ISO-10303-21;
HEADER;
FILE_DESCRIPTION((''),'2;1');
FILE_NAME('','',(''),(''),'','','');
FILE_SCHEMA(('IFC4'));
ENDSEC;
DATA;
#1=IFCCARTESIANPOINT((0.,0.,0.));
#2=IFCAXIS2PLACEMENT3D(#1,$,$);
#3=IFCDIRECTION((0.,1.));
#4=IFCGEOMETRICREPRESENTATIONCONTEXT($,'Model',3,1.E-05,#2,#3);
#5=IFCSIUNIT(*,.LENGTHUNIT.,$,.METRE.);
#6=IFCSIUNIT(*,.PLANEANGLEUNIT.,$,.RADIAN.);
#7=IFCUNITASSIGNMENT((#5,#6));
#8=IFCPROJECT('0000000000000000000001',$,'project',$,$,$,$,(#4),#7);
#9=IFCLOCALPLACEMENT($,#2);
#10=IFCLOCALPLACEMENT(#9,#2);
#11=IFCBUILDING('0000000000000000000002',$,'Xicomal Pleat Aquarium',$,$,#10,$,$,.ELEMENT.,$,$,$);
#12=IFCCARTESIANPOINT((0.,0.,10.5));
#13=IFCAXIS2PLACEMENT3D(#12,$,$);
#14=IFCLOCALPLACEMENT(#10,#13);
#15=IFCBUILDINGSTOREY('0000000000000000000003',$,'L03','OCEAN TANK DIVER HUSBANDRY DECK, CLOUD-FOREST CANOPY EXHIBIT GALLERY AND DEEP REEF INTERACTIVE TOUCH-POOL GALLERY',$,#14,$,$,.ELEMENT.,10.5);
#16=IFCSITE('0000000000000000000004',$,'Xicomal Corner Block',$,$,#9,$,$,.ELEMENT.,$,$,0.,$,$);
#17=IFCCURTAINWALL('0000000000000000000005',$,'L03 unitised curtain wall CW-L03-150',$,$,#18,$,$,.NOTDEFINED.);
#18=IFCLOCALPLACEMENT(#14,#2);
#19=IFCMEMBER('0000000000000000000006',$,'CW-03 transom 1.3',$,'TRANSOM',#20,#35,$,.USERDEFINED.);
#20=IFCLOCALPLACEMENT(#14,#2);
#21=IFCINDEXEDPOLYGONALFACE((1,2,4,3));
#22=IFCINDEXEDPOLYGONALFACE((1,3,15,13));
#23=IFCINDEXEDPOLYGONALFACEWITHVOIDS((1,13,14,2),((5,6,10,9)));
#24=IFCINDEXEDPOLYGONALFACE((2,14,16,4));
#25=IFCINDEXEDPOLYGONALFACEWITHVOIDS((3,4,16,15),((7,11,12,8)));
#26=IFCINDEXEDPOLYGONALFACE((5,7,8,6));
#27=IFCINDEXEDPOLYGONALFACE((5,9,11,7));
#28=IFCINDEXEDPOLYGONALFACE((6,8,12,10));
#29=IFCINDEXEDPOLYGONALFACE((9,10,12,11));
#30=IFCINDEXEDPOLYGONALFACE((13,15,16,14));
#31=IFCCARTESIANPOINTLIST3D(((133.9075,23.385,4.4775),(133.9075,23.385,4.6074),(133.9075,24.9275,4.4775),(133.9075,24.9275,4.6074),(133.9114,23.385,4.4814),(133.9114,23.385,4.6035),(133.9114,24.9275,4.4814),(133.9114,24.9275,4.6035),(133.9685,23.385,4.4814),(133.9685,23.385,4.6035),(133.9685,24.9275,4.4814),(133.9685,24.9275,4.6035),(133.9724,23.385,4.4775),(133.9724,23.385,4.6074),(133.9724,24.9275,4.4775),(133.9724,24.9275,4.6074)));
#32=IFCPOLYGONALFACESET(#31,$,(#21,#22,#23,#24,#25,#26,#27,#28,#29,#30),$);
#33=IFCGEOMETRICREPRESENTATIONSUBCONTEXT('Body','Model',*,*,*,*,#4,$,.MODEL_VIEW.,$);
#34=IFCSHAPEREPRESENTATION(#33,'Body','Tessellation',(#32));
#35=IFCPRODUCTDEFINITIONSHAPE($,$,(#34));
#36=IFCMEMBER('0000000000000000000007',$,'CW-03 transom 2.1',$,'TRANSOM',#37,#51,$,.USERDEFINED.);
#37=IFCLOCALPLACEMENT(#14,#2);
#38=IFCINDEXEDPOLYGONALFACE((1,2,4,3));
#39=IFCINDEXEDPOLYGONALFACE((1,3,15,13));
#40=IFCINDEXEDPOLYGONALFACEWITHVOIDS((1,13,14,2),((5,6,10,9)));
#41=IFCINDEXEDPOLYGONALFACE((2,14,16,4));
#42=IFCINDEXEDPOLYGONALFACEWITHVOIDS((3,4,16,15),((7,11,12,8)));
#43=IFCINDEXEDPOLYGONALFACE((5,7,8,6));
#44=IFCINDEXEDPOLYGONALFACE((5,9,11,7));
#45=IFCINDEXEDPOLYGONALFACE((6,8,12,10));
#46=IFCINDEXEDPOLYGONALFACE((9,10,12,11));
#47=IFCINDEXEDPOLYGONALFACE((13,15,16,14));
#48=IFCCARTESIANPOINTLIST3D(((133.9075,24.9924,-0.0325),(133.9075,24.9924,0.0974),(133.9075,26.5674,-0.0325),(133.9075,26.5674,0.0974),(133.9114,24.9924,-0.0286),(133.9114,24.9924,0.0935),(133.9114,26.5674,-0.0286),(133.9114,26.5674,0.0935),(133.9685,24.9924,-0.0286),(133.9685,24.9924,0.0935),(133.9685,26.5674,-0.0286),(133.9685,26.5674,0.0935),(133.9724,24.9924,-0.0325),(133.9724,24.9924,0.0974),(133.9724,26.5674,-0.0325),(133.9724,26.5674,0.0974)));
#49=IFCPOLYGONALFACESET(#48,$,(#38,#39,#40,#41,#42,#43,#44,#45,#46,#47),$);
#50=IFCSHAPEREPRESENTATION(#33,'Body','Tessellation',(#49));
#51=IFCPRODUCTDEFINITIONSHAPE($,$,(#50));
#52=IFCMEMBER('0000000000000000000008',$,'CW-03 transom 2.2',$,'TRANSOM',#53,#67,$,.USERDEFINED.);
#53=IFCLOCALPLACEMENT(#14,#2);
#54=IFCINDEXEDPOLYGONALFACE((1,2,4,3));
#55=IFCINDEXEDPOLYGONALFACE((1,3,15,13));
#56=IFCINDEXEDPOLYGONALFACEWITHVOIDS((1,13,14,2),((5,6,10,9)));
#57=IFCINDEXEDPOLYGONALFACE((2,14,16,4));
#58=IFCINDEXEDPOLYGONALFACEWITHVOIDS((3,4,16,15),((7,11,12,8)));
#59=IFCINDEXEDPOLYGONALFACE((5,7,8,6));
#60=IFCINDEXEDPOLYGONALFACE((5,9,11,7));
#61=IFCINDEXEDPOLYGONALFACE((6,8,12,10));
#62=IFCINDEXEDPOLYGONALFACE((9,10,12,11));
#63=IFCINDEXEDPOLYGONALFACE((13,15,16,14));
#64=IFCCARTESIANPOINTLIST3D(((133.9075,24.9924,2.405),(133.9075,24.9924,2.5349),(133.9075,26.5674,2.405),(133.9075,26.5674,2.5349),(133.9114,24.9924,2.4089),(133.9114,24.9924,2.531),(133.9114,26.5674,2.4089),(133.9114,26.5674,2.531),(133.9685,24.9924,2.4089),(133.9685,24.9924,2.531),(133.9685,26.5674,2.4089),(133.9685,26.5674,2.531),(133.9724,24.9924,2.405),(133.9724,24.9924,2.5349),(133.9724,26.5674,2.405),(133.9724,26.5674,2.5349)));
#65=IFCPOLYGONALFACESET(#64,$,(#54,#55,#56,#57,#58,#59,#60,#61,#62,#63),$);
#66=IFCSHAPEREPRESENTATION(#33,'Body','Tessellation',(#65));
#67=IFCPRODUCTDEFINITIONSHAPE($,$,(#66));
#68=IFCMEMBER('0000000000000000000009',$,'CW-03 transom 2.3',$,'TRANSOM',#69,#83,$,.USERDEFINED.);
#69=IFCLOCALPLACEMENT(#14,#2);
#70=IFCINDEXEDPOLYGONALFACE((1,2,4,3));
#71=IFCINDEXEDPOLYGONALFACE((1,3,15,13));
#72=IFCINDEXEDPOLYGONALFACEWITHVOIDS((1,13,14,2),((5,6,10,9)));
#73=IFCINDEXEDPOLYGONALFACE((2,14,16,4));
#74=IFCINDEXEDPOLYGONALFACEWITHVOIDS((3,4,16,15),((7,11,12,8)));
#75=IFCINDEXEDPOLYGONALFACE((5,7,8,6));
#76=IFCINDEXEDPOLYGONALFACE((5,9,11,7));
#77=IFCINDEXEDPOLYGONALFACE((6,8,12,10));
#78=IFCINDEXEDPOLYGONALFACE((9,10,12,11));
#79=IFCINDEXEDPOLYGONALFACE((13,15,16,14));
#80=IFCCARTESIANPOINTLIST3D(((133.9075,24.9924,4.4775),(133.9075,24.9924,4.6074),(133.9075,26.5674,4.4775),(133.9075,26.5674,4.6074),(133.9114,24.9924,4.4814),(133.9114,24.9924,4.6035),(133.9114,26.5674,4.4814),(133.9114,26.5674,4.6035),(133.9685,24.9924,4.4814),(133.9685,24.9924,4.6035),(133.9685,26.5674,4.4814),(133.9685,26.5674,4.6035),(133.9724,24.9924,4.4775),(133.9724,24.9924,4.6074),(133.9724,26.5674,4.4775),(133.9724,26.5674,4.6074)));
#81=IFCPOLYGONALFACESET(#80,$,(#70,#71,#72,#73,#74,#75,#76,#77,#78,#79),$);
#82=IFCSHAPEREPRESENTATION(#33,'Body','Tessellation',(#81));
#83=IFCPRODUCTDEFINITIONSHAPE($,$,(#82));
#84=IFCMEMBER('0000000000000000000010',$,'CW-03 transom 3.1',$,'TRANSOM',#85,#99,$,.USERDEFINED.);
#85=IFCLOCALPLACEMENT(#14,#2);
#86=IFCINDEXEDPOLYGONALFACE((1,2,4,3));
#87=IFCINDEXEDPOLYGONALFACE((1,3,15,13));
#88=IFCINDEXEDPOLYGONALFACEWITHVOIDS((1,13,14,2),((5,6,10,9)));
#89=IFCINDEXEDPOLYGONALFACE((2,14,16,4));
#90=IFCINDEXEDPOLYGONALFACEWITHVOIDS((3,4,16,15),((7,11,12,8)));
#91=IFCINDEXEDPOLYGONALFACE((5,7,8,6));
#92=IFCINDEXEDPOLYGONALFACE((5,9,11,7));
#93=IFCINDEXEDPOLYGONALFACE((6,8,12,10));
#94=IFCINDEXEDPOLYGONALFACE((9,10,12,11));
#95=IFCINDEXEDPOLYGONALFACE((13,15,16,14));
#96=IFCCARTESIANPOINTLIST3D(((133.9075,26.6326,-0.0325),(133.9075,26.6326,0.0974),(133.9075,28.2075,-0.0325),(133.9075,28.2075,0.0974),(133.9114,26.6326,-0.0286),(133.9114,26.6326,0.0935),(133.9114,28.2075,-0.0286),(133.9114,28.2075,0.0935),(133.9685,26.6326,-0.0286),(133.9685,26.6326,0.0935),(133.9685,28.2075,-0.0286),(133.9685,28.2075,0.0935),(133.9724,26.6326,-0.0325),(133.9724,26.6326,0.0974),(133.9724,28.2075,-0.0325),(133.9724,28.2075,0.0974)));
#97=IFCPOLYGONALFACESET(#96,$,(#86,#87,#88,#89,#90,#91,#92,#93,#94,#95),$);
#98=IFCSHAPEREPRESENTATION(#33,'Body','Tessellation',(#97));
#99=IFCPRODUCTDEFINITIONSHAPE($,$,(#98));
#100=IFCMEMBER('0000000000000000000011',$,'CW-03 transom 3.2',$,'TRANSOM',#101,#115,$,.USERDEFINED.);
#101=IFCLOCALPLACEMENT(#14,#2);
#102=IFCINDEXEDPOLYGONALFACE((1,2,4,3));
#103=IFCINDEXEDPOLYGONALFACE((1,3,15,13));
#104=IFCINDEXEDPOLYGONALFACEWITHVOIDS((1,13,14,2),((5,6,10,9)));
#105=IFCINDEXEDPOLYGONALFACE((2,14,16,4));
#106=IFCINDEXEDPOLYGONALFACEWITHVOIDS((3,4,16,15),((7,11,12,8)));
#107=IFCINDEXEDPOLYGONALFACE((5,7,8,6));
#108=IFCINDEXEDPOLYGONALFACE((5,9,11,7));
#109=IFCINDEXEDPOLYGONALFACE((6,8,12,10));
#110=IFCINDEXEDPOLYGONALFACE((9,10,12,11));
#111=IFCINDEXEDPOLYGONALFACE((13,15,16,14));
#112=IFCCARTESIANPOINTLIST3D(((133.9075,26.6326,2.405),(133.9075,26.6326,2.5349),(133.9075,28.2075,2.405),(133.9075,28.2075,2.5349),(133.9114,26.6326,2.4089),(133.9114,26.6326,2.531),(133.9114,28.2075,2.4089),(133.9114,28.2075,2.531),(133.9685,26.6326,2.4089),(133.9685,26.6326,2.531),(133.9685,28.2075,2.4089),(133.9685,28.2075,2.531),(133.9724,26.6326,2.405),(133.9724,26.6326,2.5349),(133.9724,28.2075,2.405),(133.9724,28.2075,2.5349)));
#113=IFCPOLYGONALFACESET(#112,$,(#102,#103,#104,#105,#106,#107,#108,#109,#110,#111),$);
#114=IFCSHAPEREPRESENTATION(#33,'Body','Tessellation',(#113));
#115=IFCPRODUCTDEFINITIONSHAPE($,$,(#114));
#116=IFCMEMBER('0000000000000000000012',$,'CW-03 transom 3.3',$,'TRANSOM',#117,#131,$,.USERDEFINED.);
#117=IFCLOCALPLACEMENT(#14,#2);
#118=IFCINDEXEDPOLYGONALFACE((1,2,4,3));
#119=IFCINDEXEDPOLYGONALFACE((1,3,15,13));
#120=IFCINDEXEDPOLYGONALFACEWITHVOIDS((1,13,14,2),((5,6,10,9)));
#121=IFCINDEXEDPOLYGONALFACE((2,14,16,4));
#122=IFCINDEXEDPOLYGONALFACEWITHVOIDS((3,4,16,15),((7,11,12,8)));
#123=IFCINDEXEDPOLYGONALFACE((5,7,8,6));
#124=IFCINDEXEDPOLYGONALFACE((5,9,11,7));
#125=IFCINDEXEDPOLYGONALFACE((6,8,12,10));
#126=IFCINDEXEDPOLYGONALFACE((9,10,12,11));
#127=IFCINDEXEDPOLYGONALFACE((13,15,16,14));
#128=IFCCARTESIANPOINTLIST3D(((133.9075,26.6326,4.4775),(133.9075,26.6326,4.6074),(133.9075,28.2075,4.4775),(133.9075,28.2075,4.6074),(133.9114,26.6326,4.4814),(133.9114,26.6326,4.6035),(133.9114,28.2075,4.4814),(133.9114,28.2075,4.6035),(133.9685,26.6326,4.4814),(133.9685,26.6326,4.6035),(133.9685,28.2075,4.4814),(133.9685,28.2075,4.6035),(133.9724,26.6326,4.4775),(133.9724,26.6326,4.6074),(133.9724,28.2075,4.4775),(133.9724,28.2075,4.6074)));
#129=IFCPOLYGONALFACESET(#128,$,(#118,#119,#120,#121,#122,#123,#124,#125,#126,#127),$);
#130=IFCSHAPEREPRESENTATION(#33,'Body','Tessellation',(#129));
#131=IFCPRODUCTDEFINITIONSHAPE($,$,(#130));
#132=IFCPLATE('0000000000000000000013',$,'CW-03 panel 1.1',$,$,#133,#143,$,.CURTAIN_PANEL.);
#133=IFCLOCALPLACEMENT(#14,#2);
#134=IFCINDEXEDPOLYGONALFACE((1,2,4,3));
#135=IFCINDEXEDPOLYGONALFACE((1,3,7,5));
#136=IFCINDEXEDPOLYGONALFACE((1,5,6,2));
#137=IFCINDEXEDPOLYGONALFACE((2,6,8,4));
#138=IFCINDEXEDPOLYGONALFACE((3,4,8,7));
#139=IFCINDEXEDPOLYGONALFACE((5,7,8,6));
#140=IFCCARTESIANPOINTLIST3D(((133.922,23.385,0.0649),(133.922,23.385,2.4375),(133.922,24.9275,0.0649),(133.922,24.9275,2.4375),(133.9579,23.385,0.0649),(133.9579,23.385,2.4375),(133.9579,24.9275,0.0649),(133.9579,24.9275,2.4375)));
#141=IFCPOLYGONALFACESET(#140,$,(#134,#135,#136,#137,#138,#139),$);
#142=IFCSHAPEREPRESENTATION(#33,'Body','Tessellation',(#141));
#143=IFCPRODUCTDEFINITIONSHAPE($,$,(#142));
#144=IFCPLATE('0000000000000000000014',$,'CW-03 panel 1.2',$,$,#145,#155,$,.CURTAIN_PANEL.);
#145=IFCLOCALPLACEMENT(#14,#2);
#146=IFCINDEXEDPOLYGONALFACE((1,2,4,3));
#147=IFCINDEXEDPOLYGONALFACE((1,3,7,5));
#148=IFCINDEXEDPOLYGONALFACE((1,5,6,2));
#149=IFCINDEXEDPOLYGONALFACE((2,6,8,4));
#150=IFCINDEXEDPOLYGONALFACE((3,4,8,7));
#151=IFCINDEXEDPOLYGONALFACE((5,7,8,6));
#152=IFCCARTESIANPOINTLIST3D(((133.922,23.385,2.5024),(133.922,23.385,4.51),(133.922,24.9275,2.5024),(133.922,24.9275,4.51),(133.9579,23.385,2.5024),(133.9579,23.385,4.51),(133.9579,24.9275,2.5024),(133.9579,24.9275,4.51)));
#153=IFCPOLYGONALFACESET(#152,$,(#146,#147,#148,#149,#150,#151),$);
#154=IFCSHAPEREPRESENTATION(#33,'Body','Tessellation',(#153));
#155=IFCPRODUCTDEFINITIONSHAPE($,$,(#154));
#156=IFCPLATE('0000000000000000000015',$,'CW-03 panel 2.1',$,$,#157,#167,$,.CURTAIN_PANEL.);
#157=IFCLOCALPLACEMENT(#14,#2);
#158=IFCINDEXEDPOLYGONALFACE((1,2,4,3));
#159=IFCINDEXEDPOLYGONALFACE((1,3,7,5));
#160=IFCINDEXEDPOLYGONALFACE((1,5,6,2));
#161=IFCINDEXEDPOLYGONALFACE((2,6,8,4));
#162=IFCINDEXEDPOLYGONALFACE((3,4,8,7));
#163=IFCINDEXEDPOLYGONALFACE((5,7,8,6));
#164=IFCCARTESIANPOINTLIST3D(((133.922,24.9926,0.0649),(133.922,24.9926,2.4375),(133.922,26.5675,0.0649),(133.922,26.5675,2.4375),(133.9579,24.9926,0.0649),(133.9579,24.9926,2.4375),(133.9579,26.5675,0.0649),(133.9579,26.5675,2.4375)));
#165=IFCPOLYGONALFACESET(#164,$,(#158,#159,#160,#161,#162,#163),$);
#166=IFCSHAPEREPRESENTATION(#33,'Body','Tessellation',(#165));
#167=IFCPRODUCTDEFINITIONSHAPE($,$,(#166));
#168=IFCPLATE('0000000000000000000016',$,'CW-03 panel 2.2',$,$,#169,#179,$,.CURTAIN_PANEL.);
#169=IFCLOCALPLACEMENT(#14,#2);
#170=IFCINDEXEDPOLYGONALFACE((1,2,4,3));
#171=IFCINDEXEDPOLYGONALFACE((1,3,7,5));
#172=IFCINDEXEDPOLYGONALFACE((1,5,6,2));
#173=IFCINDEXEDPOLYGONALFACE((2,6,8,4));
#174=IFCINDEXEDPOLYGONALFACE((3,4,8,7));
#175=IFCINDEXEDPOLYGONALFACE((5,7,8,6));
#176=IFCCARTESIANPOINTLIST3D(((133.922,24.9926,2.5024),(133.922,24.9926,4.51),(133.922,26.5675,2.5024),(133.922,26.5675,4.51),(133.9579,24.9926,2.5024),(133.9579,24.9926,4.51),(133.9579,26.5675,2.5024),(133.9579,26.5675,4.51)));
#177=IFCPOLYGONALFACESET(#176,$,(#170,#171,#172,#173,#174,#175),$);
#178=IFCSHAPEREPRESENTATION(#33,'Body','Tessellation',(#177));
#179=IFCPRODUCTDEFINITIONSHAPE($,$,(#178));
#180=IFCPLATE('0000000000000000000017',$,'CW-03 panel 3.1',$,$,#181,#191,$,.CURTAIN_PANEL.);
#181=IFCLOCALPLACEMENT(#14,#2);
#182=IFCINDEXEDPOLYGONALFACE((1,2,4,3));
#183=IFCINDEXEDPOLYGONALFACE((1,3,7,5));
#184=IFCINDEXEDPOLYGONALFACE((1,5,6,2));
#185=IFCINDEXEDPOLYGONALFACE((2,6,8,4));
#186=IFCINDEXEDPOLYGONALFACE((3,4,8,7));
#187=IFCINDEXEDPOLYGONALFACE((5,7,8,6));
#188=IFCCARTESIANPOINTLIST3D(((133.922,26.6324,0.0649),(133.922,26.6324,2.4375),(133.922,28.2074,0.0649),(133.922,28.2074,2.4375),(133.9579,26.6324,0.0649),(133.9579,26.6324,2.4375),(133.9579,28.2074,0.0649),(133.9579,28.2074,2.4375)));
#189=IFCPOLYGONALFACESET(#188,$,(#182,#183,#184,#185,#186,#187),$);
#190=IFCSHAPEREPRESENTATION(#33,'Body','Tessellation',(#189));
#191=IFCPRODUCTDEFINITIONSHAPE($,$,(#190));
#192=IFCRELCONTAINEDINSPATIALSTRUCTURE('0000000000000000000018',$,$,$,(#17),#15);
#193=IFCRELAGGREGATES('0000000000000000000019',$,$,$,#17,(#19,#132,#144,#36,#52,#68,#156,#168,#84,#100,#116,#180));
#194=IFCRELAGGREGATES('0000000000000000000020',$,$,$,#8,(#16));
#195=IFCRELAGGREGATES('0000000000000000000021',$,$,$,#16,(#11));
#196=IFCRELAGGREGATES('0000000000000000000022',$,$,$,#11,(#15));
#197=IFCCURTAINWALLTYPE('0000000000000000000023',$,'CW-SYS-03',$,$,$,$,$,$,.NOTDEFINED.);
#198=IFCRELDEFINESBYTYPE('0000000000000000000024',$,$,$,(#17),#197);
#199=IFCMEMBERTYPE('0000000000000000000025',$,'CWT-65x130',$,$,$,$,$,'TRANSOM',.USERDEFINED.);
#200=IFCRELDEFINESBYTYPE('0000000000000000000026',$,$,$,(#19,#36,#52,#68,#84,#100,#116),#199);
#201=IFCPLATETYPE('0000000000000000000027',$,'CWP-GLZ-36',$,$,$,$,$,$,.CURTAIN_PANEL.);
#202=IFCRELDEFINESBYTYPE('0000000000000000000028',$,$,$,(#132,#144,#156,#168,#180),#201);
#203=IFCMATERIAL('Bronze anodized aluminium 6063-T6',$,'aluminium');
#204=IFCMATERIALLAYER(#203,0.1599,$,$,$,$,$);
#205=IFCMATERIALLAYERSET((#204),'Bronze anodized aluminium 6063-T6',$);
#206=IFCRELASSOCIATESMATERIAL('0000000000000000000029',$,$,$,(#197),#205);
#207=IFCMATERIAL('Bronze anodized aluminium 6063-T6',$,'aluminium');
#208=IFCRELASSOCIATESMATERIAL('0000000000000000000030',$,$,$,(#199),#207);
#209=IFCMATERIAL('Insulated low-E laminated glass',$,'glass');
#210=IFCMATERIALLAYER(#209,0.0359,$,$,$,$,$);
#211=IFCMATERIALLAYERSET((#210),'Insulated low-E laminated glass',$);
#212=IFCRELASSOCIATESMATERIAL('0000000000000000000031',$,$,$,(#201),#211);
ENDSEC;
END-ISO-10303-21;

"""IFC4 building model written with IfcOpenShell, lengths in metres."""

from ifc_helpers import new_model, si_unit, direction, frame, origin, origin_2d, place, context, subcontext, project, spatial, rectangle, hollow_rectangle, extrude, material, layer, layer_set, material_profile, profile_set, type_object, element, aggregate, save


model = new_model("IFC4")

# Units and contexts
model_context = context("Model", 3, precision=1e-05, world=origin(), true_north=direction((0.0, 1.0)))
body_context = subcontext(model_context, "Body", "Model", "MODEL_VIEW")
ifc_project = project(units=[si_unit("LENGTHUNIT", "METRE"), si_unit("PLANEANGLEUNIT", "RADIAN")], contexts=[model_context])

# Site, building, storey
site_placement = place(None, origin())
site = spatial("IfcSite", under=ifc_project, at=site_placement, Name="Xicomal Corner Block", CompositionType="ELEMENT", RefElevation=0.0)
building_placement = place(site_placement, origin())
building = spatial("IfcBuilding", under=site, at=building_placement, Name="Xicomal Pleat Aquarium", CompositionType="ELEMENT")
storey_placement = place(building_placement, frame((0.0, 0.0, 10.5)))
storey = spatial("IfcBuildingStorey", under=building, at=storey_placement, Name="L03", Description="OCEAN TANK DIVER HUSBANDRY DECK, CLOUD-FOREST CANOPY EXHIBIT GALLERY AND DEEP REEF INTERACTIVE TOUCH-POOL GALLERY", CompositionType="ELEMENT", Elevation=10.5)

# Curtain wall, members, plates
ifc_material_1 = material(Name="Bronze anodized aluminium 6063-T6", Category="aluminium")
ifc_layer_1 = layer(ifc_material_1, 0.1599)
ifc_layer_set_1 = layer_set([ifc_layer_1], Name="Bronze anodized aluminium 6063-T6")
curtain_wall_type = type_object("IfcCurtainWallType", Name="CW-SYS-03", PredefinedType="NOTDEFINED", material=ifc_layer_set_1)
curtain_wall_placement = place(storey_placement, origin())
curtain_wall = element("IfcCurtainWall", 1, at=curtain_wall_placement, inside=storey, type_object=curtain_wall_type, Name="L03 unitised curtain wall CW-L03-150", PredefinedType="NOTDEFINED")
ifc_material_2 = material(Name="Bronze anodized aluminium 6063-T6", Category="aluminium")
ifc_material_profile_1 = material_profile(ifc_material_2, hollow_rectangle(XDim=0.0649, YDim=0.1299, WallThickness=0.0039, at=origin_2d()), Name="ALU TRAN 65x130")
ifc_profile_set_1 = profile_set([ifc_material_profile_1], Name="Bronze anodized aluminium 6063-T6")
member_type_1 = type_object("IfcMemberType", Name="CWT-65x130", ElementType="TRANSOM", PredefinedType="USERDEFINED", material=ifc_profile_set_1)
member_1_placement = place(storey_placement, frame((133.9399, 23.385, 4.5425), z_axis=(0.0, 1.0, 0.0), x_axis=(-1.0, 0.0, 0.0)))
member_1 = element("IfcMember", 2, at=member_1_placement, type_object=member_type_1, Name="CW-03 transom 1.3", ObjectType="TRANSOM", PredefinedType="USERDEFINED", context=body_context, shape_type="SweptSolid", body=[
    extrude(hollow_rectangle(XDim=0.0649, YDim=0.1299, WallThickness=0.0039, at=origin_2d()), origin(), (0.0, 0.0, 1.0), 1.5425),
])
member_2_placement = place(storey_placement, frame((133.9399, 24.9924, 0.0325), z_axis=(0.0, 1.0, 0.0), x_axis=(-1.0, 0.0, 0.0)))
member_2 = element("IfcMember", 3, at=member_2_placement, type_object=member_type_1, Name="CW-03 transom 2.1", ObjectType="TRANSOM", PredefinedType="USERDEFINED", context=body_context, shape_type="SweptSolid", body=[
    extrude(hollow_rectangle(XDim=0.0649, YDim=0.1299, WallThickness=0.0039, at=origin_2d()), origin(), (0.0, 0.0, 1.0), 1.575),
])
member_3_placement = place(storey_placement, frame((133.9399, 24.9924, 2.47), z_axis=(0.0, 1.0, 0.0), x_axis=(-1.0, 0.0, 0.0)))
member_3 = element("IfcMember", 4, at=member_3_placement, type_object=member_type_1, Name="CW-03 transom 2.2", ObjectType="TRANSOM", PredefinedType="USERDEFINED", context=body_context, shape_type="SweptSolid", body=[
    extrude(hollow_rectangle(XDim=0.0649, YDim=0.1299, WallThickness=0.0039, at=origin_2d()), origin(), (0.0, 0.0, 1.0), 1.575),
])
member_4_placement = place(storey_placement, frame((133.9399, 24.9924, 4.5425), z_axis=(0.0, 1.0, 0.0), x_axis=(-1.0, 0.0, 0.0)))
member_4 = element("IfcMember", 5, at=member_4_placement, type_object=member_type_1, Name="CW-03 transom 2.3", ObjectType="TRANSOM", PredefinedType="USERDEFINED", context=body_context, shape_type="SweptSolid", body=[
    extrude(hollow_rectangle(XDim=0.0649, YDim=0.1299, WallThickness=0.0039, at=origin_2d()), origin(), (0.0, 0.0, 1.0), 1.575),
])
member_5_placement = place(storey_placement, frame((133.9399, 26.6326, 0.0325), z_axis=(0.0, 1.0, 0.0), x_axis=(-1.0, 0.0, 0.0)))
member_5 = element("IfcMember", 6, at=member_5_placement, type_object=member_type_1, Name="CW-03 transom 3.1", ObjectType="TRANSOM", PredefinedType="USERDEFINED", context=body_context, shape_type="SweptSolid", body=[
    extrude(hollow_rectangle(XDim=0.0649, YDim=0.1299, WallThickness=0.0039, at=origin_2d()), origin(), (0.0, 0.0, 1.0), 1.575),
])
member_6_placement = place(storey_placement, frame((133.9399, 26.6326, 2.47), z_axis=(0.0, 1.0, 0.0), x_axis=(-1.0, 0.0, 0.0)))
member_6 = element("IfcMember", 7, at=member_6_placement, type_object=member_type_1, Name="CW-03 transom 3.2", ObjectType="TRANSOM", PredefinedType="USERDEFINED", context=body_context, shape_type="SweptSolid", body=[
    extrude(hollow_rectangle(XDim=0.0649, YDim=0.1299, WallThickness=0.0039, at=origin_2d()), origin(), (0.0, 0.0, 1.0), 1.575),
])
member_7_placement = place(storey_placement, frame((133.9399, 26.6326, 4.5425), z_axis=(0.0, 1.0, 0.0), x_axis=(-1.0, 0.0, 0.0)))
member_7 = element("IfcMember", 8, at=member_7_placement, type_object=member_type_1, Name="CW-03 transom 3.3", ObjectType="TRANSOM", PredefinedType="USERDEFINED", context=body_context, shape_type="SweptSolid", body=[
    extrude(hollow_rectangle(XDim=0.0649, YDim=0.1299, WallThickness=0.0039, at=origin_2d()), origin(), (0.0, 0.0, 1.0), 1.575),
])
ifc_material_3 = material(Name="Insulated low-E laminated glass", Category="glass")
ifc_layer_2 = layer(ifc_material_3, 0.0359)
ifc_layer_set_2 = layer_set([ifc_layer_2], Name="Insulated low-E laminated glass")
plate_type = type_object("IfcPlateType", Name="CWP-GLZ-36", PredefinedType="CURTAIN_PANEL", material=ifc_layer_set_2)
plate_1_placement = place(storey_placement, frame((133.9399, 24.1562, 0.0649), z_axis=(0.0, 0.0, 1.0), x_axis=(0.0, 1.0, 0.0)))
plate_1 = element("IfcPlate", 9, at=plate_1_placement, type_object=plate_type, Name="CW-03 panel 1.1", PredefinedType="CURTAIN_PANEL", context=body_context, shape_type="SweptSolid", body=[
    extrude(rectangle(XDim=1.5425, YDim=0.0359, at=origin_2d()), origin(), (0.0, 0.0, 1.0), 2.3726),
])
plate_2_placement = place(storey_placement, frame((133.9399, 24.1562, 2.5024), z_axis=(0.0, 0.0, 1.0), x_axis=(0.0, 1.0, 0.0)))
plate_2 = element("IfcPlate", 10, at=plate_2_placement, type_object=plate_type, Name="CW-03 panel 1.2", PredefinedType="CURTAIN_PANEL", context=body_context, shape_type="SweptSolid", body=[
    extrude(rectangle(XDim=1.5425, YDim=0.0359, at=origin_2d()), origin(), (0.0, 0.0, 1.0), 2.0076),
])
plate_3_placement = place(storey_placement, frame((133.9399, 25.78, 0.0649), z_axis=(0.0, 0.0, 1.0), x_axis=(0.0, 1.0, 0.0)))
plate_3 = element("IfcPlate", 11, at=plate_3_placement, type_object=plate_type, Name="CW-03 panel 2.1", PredefinedType="CURTAIN_PANEL", context=body_context, shape_type="SweptSolid", body=[
    extrude(rectangle(XDim=1.575, YDim=0.0359, at=origin_2d()), origin(), (0.0, 0.0, 1.0), 2.3726),
])
plate_4_placement = place(storey_placement, frame((133.9399, 25.78, 2.5024), z_axis=(0.0, 0.0, 1.0), x_axis=(0.0, 1.0, 0.0)))
plate_4 = element("IfcPlate", 12, at=plate_4_placement, type_object=plate_type, Name="CW-03 panel 2.2", PredefinedType="CURTAIN_PANEL", context=body_context, shape_type="SweptSolid", body=[
    extrude(rectangle(XDim=1.575, YDim=0.0359, at=origin_2d()), origin(), (0.0, 0.0, 1.0), 2.0076),
])
plate_5_placement = place(storey_placement, frame((133.9399, 27.4199, 0.0649), z_axis=(0.0, 0.0, 1.0), x_axis=(0.0, 1.0, 0.0)))
plate_5 = element("IfcPlate", 13, at=plate_5_placement, type_object=plate_type, Name="CW-03 panel 3.1", PredefinedType="CURTAIN_PANEL", context=body_context, shape_type="SweptSolid", body=[
    extrude(rectangle(XDim=1.575, YDim=0.0359, at=origin_2d()), origin(), (0.0, 0.0, 1.0), 2.3726),
])
aggregate(curtain_wall, [member_1, plate_1, plate_2, member_2, member_3, member_4, plate_3, plate_4, member_5, member_6, member_7, plate_5])

save(model, "model.ifc")
